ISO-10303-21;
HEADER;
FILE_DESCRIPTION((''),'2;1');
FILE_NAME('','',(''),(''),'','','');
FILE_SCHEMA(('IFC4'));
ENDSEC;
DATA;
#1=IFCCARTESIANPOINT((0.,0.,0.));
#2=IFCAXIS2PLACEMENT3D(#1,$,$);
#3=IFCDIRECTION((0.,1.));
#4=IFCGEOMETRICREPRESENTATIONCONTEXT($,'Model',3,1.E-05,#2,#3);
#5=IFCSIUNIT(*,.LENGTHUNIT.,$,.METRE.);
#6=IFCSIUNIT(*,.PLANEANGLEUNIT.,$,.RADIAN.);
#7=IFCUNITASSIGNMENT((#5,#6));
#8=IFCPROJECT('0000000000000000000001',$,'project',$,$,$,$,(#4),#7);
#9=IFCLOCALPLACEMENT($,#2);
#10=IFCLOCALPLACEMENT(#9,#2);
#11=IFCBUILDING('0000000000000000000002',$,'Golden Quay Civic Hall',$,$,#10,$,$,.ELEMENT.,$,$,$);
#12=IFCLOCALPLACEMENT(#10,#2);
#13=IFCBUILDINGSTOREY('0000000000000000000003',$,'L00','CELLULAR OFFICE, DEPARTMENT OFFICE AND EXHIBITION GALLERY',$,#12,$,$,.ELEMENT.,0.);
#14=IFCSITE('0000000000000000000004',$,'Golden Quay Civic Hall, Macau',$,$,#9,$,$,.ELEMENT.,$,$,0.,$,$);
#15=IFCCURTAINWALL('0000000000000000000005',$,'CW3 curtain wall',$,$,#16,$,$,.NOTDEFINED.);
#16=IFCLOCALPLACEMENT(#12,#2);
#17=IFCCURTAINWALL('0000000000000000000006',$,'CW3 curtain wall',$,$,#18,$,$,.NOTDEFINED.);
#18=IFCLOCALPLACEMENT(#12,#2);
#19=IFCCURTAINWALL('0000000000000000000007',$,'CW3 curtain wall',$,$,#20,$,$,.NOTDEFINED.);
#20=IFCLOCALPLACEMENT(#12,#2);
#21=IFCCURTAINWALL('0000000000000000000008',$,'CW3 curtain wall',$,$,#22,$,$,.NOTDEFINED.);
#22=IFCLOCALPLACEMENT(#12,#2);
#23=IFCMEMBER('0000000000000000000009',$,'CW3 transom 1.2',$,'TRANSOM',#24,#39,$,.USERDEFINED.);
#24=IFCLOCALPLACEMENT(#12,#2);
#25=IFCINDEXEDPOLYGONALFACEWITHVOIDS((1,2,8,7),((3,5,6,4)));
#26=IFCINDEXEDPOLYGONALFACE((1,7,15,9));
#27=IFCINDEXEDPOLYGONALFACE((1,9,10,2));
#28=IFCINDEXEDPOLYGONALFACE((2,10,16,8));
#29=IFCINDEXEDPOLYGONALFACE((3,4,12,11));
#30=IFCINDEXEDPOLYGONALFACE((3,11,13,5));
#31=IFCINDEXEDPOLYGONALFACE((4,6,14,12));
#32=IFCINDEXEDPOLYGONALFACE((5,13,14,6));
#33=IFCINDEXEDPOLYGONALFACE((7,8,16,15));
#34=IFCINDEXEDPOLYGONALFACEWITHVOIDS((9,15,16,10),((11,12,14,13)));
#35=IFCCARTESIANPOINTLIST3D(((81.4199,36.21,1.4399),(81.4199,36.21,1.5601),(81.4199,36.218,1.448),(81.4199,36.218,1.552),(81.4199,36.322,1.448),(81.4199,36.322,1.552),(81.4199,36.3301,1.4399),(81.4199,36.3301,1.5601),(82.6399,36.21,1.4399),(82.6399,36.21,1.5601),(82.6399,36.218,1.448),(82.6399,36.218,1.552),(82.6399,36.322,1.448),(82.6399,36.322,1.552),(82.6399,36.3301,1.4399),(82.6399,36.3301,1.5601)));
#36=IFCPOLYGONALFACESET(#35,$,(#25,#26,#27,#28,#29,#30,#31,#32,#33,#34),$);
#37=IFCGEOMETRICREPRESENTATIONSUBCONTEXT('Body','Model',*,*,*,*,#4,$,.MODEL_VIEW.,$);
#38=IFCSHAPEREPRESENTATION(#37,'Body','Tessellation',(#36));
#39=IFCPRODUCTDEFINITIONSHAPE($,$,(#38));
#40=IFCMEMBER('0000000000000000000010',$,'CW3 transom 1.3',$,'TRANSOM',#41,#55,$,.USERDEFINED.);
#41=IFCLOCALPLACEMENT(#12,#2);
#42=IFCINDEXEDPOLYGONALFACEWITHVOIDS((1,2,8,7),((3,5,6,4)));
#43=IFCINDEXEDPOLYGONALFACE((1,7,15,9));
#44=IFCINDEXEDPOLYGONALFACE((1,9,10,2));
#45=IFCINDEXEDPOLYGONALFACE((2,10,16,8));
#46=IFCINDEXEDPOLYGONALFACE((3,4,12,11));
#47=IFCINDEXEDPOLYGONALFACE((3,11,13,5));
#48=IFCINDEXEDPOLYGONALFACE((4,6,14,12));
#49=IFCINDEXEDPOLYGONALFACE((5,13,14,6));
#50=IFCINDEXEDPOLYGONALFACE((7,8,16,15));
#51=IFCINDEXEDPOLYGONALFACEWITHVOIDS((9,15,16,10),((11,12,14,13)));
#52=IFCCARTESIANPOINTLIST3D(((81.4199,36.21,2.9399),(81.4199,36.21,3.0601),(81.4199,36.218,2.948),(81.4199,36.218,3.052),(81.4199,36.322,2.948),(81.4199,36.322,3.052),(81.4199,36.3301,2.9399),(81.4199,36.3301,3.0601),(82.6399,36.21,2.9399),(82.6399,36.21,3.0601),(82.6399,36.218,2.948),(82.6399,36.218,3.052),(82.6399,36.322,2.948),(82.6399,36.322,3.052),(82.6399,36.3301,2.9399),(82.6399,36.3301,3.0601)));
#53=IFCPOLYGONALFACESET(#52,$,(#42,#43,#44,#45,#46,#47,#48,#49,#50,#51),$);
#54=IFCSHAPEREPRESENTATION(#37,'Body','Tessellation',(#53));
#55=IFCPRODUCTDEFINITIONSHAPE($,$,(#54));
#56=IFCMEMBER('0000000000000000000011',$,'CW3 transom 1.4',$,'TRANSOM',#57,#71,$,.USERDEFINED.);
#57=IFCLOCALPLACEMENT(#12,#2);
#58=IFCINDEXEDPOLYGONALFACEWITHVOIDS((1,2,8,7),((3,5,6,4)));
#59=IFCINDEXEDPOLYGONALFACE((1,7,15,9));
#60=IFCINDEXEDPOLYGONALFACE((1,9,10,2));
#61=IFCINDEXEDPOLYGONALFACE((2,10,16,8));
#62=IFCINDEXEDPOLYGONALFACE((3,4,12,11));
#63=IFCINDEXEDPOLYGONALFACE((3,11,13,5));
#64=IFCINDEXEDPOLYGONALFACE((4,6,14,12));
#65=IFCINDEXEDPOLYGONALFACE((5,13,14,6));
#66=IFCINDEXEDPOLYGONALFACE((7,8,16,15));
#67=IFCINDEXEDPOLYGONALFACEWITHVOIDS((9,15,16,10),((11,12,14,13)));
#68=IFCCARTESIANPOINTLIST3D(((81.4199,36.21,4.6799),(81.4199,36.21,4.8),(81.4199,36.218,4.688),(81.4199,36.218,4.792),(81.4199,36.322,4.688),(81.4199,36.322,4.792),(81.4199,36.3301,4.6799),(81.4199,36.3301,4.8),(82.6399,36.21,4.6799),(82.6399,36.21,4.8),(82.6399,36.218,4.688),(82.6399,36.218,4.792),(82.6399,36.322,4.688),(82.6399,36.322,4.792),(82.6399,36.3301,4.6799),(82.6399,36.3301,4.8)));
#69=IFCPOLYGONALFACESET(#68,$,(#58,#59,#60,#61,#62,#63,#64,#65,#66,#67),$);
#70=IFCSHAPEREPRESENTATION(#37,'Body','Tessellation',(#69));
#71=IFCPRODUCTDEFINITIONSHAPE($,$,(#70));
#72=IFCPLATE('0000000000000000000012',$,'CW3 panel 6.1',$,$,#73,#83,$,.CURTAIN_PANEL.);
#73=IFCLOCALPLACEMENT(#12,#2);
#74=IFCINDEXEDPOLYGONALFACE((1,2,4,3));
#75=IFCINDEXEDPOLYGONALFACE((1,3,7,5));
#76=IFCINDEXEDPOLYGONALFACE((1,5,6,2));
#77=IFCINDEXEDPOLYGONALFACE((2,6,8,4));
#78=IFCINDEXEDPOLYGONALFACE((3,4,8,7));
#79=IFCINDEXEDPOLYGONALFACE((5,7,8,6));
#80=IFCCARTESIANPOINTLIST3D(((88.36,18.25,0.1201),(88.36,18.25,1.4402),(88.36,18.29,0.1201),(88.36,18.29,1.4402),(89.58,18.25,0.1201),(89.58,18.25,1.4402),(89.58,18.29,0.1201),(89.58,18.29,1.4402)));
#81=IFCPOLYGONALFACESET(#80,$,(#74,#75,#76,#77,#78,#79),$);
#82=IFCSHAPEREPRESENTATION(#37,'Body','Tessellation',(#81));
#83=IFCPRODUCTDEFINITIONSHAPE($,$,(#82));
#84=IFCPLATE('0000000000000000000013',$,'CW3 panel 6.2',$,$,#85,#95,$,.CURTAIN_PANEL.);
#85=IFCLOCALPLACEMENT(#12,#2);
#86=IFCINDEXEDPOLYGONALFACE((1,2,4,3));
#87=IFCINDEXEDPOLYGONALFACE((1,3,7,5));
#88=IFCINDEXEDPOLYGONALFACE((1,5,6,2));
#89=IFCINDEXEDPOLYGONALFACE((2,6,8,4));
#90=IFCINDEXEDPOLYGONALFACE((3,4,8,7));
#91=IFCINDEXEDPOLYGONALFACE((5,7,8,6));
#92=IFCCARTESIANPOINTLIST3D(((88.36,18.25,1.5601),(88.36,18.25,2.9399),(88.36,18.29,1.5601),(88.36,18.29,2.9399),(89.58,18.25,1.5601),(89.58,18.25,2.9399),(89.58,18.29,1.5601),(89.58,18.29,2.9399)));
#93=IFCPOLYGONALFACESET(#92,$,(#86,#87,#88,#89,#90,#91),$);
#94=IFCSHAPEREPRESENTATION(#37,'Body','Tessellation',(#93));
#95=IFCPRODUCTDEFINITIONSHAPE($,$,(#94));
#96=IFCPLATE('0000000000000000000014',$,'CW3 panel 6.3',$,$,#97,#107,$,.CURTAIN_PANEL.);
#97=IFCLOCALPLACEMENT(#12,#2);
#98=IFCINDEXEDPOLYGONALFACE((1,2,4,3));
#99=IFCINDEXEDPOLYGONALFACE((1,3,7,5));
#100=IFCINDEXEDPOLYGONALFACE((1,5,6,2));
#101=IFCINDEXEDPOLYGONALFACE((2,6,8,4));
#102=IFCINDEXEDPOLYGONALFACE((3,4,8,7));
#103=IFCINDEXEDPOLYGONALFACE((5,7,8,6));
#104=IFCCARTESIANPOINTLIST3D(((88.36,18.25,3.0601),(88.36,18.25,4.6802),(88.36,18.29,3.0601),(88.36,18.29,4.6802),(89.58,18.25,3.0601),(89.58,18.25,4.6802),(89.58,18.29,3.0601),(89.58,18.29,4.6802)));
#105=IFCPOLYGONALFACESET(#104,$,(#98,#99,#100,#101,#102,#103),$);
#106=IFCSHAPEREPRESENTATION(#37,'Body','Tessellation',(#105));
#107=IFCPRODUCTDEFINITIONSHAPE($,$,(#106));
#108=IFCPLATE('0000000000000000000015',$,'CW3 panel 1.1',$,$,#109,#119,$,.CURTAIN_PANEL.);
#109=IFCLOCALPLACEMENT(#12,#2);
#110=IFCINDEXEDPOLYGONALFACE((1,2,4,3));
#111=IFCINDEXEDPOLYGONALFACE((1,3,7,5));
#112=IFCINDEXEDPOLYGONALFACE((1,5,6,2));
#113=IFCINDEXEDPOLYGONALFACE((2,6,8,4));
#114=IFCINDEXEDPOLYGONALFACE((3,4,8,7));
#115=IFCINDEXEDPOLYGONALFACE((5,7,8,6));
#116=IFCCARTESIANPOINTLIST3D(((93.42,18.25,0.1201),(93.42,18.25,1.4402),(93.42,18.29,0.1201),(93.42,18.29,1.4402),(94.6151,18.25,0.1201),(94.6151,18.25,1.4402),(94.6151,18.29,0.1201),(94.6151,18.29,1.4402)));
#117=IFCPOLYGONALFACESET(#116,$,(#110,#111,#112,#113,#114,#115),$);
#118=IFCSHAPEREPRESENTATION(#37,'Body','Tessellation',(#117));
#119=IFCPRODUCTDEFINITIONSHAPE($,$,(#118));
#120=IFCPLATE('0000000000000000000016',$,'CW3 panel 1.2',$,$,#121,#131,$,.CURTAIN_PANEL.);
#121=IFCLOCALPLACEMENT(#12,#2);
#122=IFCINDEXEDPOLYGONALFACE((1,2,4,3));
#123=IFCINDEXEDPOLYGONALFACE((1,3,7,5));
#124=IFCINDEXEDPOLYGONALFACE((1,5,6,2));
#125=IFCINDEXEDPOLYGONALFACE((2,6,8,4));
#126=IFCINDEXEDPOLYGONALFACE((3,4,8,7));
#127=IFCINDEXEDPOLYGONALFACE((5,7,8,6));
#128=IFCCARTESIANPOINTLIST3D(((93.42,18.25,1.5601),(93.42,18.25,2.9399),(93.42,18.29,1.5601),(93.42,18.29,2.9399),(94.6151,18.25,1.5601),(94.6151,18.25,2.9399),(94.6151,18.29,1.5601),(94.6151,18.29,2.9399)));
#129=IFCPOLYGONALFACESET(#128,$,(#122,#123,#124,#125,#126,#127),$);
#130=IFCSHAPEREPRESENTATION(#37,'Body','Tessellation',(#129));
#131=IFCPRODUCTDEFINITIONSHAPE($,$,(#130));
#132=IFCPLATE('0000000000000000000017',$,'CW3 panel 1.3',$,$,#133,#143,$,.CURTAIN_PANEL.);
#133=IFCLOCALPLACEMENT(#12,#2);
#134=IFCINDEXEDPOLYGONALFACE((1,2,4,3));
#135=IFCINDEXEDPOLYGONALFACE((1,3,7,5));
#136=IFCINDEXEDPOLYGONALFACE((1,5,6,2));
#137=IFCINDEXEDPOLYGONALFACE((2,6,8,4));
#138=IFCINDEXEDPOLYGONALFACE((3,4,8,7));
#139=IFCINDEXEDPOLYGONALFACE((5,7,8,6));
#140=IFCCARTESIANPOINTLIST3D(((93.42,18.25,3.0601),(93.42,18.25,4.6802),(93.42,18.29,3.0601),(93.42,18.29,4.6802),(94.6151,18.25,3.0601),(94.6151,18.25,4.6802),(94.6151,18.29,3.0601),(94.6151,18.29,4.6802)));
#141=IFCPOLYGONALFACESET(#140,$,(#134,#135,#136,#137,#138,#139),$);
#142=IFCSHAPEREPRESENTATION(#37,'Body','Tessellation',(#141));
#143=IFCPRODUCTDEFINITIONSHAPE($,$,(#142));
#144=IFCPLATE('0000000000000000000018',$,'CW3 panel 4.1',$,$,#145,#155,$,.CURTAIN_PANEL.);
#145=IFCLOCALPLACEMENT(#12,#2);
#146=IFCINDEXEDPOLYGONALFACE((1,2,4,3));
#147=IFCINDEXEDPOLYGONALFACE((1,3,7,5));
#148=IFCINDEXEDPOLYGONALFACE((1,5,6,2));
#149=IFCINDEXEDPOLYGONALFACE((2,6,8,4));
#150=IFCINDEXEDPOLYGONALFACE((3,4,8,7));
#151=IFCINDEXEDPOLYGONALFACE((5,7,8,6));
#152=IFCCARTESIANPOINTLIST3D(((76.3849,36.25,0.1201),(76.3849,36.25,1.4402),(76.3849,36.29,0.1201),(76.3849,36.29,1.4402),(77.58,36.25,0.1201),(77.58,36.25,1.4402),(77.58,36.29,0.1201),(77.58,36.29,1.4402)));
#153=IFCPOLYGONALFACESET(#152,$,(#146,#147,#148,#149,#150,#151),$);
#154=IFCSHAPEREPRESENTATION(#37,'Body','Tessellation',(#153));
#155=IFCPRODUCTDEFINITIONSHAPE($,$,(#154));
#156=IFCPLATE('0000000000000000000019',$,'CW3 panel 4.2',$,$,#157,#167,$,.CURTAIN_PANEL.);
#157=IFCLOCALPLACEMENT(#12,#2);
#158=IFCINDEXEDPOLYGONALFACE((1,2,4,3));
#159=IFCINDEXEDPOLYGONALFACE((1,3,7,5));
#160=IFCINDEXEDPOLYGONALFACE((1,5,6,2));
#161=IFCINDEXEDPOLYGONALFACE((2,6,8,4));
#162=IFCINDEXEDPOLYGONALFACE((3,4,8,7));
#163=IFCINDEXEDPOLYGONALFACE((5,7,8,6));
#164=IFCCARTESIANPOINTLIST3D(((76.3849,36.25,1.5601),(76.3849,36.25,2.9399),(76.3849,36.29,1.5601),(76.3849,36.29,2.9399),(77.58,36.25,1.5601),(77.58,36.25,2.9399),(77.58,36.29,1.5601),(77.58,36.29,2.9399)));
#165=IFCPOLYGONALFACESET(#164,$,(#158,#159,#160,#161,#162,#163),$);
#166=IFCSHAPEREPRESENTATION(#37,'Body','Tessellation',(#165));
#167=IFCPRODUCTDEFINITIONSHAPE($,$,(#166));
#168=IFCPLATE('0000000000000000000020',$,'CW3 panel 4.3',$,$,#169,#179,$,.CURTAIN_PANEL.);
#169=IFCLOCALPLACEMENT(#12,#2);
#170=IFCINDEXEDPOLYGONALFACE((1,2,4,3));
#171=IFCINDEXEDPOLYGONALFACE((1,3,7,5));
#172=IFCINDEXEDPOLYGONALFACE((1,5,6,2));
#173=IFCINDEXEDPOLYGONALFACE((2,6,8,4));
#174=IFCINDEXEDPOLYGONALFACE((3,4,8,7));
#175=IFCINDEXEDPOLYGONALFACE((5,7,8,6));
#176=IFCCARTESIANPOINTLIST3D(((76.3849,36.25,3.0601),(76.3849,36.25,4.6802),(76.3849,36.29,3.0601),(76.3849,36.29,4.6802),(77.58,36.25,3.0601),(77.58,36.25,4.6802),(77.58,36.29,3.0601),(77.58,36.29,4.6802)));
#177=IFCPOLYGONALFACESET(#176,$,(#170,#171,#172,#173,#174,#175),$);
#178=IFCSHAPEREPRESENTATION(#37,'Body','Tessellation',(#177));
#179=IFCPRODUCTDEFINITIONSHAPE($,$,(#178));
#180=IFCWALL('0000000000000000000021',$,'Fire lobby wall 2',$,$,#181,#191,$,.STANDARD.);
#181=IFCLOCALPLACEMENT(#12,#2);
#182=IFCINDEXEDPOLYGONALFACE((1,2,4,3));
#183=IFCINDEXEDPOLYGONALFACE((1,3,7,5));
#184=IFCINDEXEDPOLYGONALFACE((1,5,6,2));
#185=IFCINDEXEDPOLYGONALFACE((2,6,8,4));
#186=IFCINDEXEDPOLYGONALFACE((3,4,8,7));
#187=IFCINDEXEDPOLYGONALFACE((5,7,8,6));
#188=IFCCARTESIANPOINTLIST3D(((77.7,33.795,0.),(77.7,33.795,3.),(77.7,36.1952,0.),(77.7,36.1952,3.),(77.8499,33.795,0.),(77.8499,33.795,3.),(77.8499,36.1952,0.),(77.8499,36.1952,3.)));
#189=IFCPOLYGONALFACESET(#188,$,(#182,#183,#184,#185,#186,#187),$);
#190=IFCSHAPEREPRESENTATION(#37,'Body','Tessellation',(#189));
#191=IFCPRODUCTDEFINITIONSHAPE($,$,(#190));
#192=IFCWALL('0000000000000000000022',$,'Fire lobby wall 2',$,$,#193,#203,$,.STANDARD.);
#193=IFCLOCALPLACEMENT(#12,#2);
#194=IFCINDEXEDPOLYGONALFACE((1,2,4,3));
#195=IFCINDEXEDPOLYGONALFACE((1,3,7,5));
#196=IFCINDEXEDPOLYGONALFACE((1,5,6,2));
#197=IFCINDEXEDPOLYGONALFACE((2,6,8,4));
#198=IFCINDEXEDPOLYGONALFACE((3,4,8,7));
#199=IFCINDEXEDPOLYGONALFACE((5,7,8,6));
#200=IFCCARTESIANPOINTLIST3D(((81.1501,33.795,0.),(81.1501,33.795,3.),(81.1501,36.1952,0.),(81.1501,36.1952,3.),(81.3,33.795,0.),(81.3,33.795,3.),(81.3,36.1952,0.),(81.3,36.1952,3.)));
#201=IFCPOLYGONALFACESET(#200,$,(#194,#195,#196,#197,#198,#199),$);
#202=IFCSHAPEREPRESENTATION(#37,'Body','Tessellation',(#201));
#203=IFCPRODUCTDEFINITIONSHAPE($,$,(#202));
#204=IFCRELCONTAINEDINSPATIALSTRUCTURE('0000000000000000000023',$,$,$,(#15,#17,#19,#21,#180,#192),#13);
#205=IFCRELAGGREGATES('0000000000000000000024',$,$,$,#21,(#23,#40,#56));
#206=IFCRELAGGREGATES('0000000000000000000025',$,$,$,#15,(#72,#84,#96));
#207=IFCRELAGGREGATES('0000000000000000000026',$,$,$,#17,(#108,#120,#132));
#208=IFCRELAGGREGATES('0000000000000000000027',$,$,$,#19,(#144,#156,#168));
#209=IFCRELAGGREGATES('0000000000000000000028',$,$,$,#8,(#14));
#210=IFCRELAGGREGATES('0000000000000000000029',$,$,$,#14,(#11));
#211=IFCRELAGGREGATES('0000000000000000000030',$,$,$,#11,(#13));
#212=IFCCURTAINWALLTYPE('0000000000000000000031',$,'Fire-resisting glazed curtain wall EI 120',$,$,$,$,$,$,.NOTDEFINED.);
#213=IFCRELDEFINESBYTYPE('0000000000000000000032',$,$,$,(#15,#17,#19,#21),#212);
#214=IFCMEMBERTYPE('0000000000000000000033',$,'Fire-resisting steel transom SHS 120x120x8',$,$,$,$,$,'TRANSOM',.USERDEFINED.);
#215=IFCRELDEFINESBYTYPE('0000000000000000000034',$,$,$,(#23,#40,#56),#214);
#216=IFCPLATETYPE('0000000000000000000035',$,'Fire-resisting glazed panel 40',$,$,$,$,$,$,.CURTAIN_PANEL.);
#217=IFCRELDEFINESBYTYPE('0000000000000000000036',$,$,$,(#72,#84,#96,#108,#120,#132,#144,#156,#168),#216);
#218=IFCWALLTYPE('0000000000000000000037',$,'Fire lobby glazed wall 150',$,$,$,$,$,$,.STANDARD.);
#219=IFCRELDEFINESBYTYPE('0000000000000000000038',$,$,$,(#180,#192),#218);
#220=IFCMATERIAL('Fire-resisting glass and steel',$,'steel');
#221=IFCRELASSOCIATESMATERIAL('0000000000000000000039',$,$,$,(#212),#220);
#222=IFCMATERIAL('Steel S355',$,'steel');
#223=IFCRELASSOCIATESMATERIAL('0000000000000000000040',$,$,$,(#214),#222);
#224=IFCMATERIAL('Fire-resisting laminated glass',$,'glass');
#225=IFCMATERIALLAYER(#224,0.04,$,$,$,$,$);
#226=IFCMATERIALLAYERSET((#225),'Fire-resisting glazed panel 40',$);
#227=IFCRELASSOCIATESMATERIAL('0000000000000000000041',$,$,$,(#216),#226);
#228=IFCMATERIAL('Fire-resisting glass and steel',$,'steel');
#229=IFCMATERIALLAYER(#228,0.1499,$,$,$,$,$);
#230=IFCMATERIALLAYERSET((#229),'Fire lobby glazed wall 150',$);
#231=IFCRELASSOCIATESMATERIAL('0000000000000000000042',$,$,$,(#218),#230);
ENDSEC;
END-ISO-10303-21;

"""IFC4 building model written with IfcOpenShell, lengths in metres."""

from ifc_helpers import new_model, si_unit, direction, frame, frame_2d, origin, origin_2d, place, context, subcontext, project, spatial, rectangle, hollow_rectangle, extrude, material, layer, layer_set, material_profile, profile_set, type_object, element, aggregate, save


model = new_model("IFC4")

# Units and contexts
model_context = context("Model", 3, precision=1e-05, world=origin(), true_north=direction((0.0, 1.0)))
body_context = subcontext(model_context, "Body", "Model", "MODEL_VIEW")
ifc_project = project(units=[si_unit("LENGTHUNIT", "METRE"), si_unit("PLANEANGLEUNIT", "RADIAN")], contexts=[model_context])

# Site, building, storey
site_placement = place(None, origin())
site = spatial("IfcSite", under=ifc_project, at=site_placement, Name="Golden Quay Civic Hall, Macau", CompositionType="ELEMENT", RefElevation=0.0)
building_placement = place(site_placement, origin())
building = spatial("IfcBuilding", under=site, at=building_placement, Name="Golden Quay Civic Hall", CompositionType="ELEMENT")
storey_placement = place(building_placement, origin())
storey = spatial("IfcBuildingStorey", under=building, at=storey_placement, Name="L00", Description="CELLULAR OFFICE, DEPARTMENT OFFICE AND EXHIBITION GALLERY", CompositionType="ELEMENT", Elevation=0.0)

# Curtain walls
ifc_material_1 = material(Name="Fire-resisting glass and steel", Category="steel")
curtain_wall_type = type_object("IfcCurtainWallType", Name="Fire-resisting glazed curtain wall EI 120", PredefinedType="NOTDEFINED", material=ifc_material_1)
curtain_wall_1_placement = place(storey_placement, origin())
curtain_wall_1 = element("IfcCurtainWall", 1, at=curtain_wall_1_placement, inside=storey, type_object=curtain_wall_type, Name="CW3 curtain wall", PredefinedType="NOTDEFINED")
curtain_wall_2_placement = place(storey_placement, origin())
curtain_wall_2 = element("IfcCurtainWall", 2, at=curtain_wall_2_placement, inside=storey, type_object=curtain_wall_type, Name="CW3 curtain wall", PredefinedType="NOTDEFINED")
curtain_wall_3_placement = place(storey_placement, origin())
curtain_wall_3 = element("IfcCurtainWall", 3, at=curtain_wall_3_placement, inside=storey, type_object=curtain_wall_type, Name="CW3 curtain wall", PredefinedType="NOTDEFINED")
curtain_wall_4_placement = place(storey_placement, origin())
curtain_wall_4 = element("IfcCurtainWall", 4, at=curtain_wall_4_placement, inside=storey, type_object=curtain_wall_type, Name="CW3 curtain wall", PredefinedType="NOTDEFINED")

# Members
ifc_material_2 = material(Name="Steel S355", Category="steel")
ifc_material_profile_1 = material_profile(ifc_material_2, hollow_rectangle(XDim=0.1201, YDim=0.1201, WallThickness=0.0081, at=origin_2d()), Name="SHS 120x120x8")
ifc_profile_set_1 = profile_set([ifc_material_profile_1], Name="Steel S355")
member_type_1 = type_object("IfcMemberType", Name="Fire-resisting steel transom SHS 120x120x8", ElementType="TRANSOM", PredefinedType="USERDEFINED", material=ifc_profile_set_1)
member_1_placement = place(storey_placement, frame((81.4199, 36.27, 1.5), z_axis=(1.0, 0.0, 0.0), x_axis=(0.0, 1.0, 0.0)))
member_1 = element("IfcMember", 5, at=member_1_placement, type_object=member_type_1, Name="CW3 transom 1.2", ObjectType="TRANSOM", PredefinedType="USERDEFINED", context=body_context, shape_type="SweptSolid", body=[
    extrude(hollow_rectangle(XDim=0.1201, YDim=0.1201, WallThickness=0.0081, at=origin_2d()), origin(), (0.0, 0.0, 1.0), 1.22),
])
member_2_placement = place(storey_placement, frame((81.4199, 36.27, 3.0), z_axis=(1.0, 0.0, 0.0), x_axis=(0.0, 1.0, 0.0)))
member_2 = element("IfcMember", 6, at=member_2_placement, type_object=member_type_1, Name="CW3 transom 1.3", ObjectType="TRANSOM", PredefinedType="USERDEFINED", context=body_context, shape_type="SweptSolid", body=[
    extrude(hollow_rectangle(XDim=0.1201, YDim=0.1201, WallThickness=0.0081, at=origin_2d()), origin(), (0.0, 0.0, 1.0), 1.22),
])
member_3_placement = place(storey_placement, frame((81.4199, 36.27, 4.74), z_axis=(1.0, 0.0, 0.0), x_axis=(0.0, 1.0, 0.0)))
member_3 = element("IfcMember", 7, at=member_3_placement, type_object=member_type_1, Name="CW3 transom 1.4", ObjectType="TRANSOM", PredefinedType="USERDEFINED", context=body_context, shape_type="SweptSolid", body=[
    extrude(hollow_rectangle(XDim=0.1201, YDim=0.1201, WallThickness=0.0081, at=origin_2d()), origin(), (0.0, 0.0, 1.0), 1.22),
])
aggregate(curtain_wall_4, [member_1, member_2, member_3])

# Plates
ifc_material_3 = material(Name="Fire-resisting laminated glass", Category="glass")
ifc_layer_1 = layer(ifc_material_3, 0.04)
ifc_layer_set_1 = layer_set([ifc_layer_1], Name="Fire-resisting glazed panel 40")
plate_type = type_object("IfcPlateType", Name="Fire-resisting glazed panel 40", PredefinedType="CURTAIN_PANEL", material=ifc_layer_set_1)
plate_1_placement = place(storey_placement, frame((88.97, 18.27, 0.1201), z_axis=(0.0, 0.0, 1.0), x_axis=(1.0, 0.0, 0.0)))
plate_1 = element("IfcPlate", 8, at=plate_1_placement, type_object=plate_type, Name="CW3 panel 6.1", PredefinedType="CURTAIN_PANEL", context=body_context, shape_type="SweptSolid", body=[
    extrude(rectangle(XDim=1.22, YDim=0.04, at=origin_2d()), origin(), (0.0, 0.0, 1.0), 1.3201),
])
plate_2_placement = place(storey_placement, frame((88.97, 18.27, 1.5601), z_axis=(0.0, 0.0, 1.0), x_axis=(1.0, 0.0, 0.0)))
plate_2 = element("IfcPlate", 9, at=plate_2_placement, type_object=plate_type, Name="CW3 panel 6.2", PredefinedType="CURTAIN_PANEL", context=body_context, shape_type="SweptSolid", body=[
    extrude(rectangle(XDim=1.22, YDim=0.04, at=origin_2d()), origin(), (0.0, 0.0, 1.0), 1.3799),
])
plate_3_placement = place(storey_placement, frame((88.97, 18.27, 3.0601), z_axis=(0.0, 0.0, 1.0), x_axis=(1.0, 0.0, 0.0)))
plate_3 = element("IfcPlate", 10, at=plate_3_placement, type_object=plate_type, Name="CW3 panel 6.3", PredefinedType="CURTAIN_PANEL", context=body_context, shape_type="SweptSolid", body=[
    extrude(rectangle(XDim=1.22, YDim=0.04, at=origin_2d()), origin(), (0.0, 0.0, 1.0), 1.6201),
])
aggregate(curtain_wall_1, [plate_1, plate_2, plate_3])
plate_4_placement = place(storey_placement, frame((94.0176, 18.27, 0.1201), z_axis=(0.0, 0.0, 1.0), x_axis=(1.0, 0.0, 0.0)))
plate_4 = element("IfcPlate", 11, at=plate_4_placement, type_object=plate_type, Name="CW3 panel 1.1", PredefinedType="CURTAIN_PANEL", context=body_context, shape_type="SweptSolid", body=[
    extrude(rectangle(XDim=1.1951, YDim=0.04, at=origin_2d()), origin(), (0.0, 0.0, 1.0), 1.3201),
])
plate_5_placement = place(storey_placement, frame((94.0176, 18.27, 1.5601), z_axis=(0.0, 0.0, 1.0), x_axis=(1.0, 0.0, 0.0)))
plate_5 = element("IfcPlate", 12, at=plate_5_placement, type_object=plate_type, Name="CW3 panel 1.2", PredefinedType="CURTAIN_PANEL", context=body_context, shape_type="SweptSolid", body=[
    extrude(rectangle(XDim=1.1951, YDim=0.04, at=origin_2d()), origin(), (0.0, 0.0, 1.0), 1.3799),
])
plate_6_placement = place(storey_placement, frame((94.0176, 18.27, 3.0601), z_axis=(0.0, 0.0, 1.0), x_axis=(1.0, 0.0, 0.0)))
plate_6 = element("IfcPlate", 13, at=plate_6_placement, type_object=plate_type, Name="CW3 panel 1.3", PredefinedType="CURTAIN_PANEL", context=body_context, shape_type="SweptSolid", body=[
    extrude(rectangle(XDim=1.1951, YDim=0.04, at=origin_2d()), origin(), (0.0, 0.0, 1.0), 1.6201),
])
aggregate(curtain_wall_2, [plate_4, plate_5, plate_6])
plate_7_placement = place(storey_placement, frame((76.9824, 36.27, 0.1201), z_axis=(0.0, 0.0, 1.0), x_axis=(1.0, 0.0, 0.0)))
plate_7 = element("IfcPlate", 14, at=plate_7_placement, type_object=plate_type, Name="CW3 panel 4.1", PredefinedType="CURTAIN_PANEL", context=body_context, shape_type="SweptSolid", body=[
    extrude(rectangle(XDim=1.1951, YDim=0.04, at=origin_2d()), origin(), (0.0, 0.0, 1.0), 1.3201),
])
plate_8_placement = place(storey_placement, frame((76.9824, 36.27, 1.5601), z_axis=(0.0, 0.0, 1.0), x_axis=(1.0, 0.0, 0.0)))
plate_8 = element("IfcPlate", 15, at=plate_8_placement, type_object=plate_type, Name="CW3 panel 4.2", PredefinedType="CURTAIN_PANEL", context=body_context, shape_type="SweptSolid", body=[
    extrude(rectangle(XDim=1.1951, YDim=0.04, at=origin_2d()), origin(), (0.0, 0.0, 1.0), 1.3799),
])
plate_9_placement = place(storey_placement, frame((76.9824, 36.27, 3.0601), z_axis=(0.0, 0.0, 1.0), x_axis=(1.0, 0.0, 0.0)))
plate_9 = element("IfcPlate", 16, at=plate_9_placement, type_object=plate_type, Name="CW3 panel 4.3", PredefinedType="CURTAIN_PANEL", context=body_context, shape_type="SweptSolid", body=[
    extrude(rectangle(XDim=1.1951, YDim=0.04, at=origin_2d()), origin(), (0.0, 0.0, 1.0), 1.6201),
])
aggregate(curtain_wall_3, [plate_7, plate_8, plate_9])

# Walls
ifc_material_4 = material(Name="Fire-resisting glass and steel", Category="steel")
ifc_layer_2 = layer(ifc_material_4, 0.1499)
ifc_layer_set_2 = layer_set([ifc_layer_2], Name="Fire lobby glazed wall 150")
wall_type_1 = type_object("IfcWallType", Name="Fire lobby glazed wall 150", PredefinedType="STANDARD", material=ifc_layer_set_2)
for number, where, z_axis, x_axis, name in (
    (17, (77.7749, 33.7949, 0.0), (0.0, 0.0, 1.0), (0.0, 1.0, 0.0), "Fire lobby wall 2"),
    (18, (81.2251, 33.7949, 0.0), (0.0, 0.0, 1.0), (0.0, 1.0, 0.0), "Fire lobby wall 2"),
):
    element("IfcWall", number, at=place(storey_placement, frame(where, z_axis=z_axis, x_axis=x_axis)), inside=storey, type_object=wall_type_1, Name=name, PredefinedType="STANDARD", context=body_context, shape_type="SweptSolid", body=[
        extrude(rectangle(XDim=2.4001, YDim=0.1499, at=frame_2d((1.2002, 0.0))), origin(), (0.0, 0.0, 1.0), 3.0),
    ])

save(model, "model.ifc")
